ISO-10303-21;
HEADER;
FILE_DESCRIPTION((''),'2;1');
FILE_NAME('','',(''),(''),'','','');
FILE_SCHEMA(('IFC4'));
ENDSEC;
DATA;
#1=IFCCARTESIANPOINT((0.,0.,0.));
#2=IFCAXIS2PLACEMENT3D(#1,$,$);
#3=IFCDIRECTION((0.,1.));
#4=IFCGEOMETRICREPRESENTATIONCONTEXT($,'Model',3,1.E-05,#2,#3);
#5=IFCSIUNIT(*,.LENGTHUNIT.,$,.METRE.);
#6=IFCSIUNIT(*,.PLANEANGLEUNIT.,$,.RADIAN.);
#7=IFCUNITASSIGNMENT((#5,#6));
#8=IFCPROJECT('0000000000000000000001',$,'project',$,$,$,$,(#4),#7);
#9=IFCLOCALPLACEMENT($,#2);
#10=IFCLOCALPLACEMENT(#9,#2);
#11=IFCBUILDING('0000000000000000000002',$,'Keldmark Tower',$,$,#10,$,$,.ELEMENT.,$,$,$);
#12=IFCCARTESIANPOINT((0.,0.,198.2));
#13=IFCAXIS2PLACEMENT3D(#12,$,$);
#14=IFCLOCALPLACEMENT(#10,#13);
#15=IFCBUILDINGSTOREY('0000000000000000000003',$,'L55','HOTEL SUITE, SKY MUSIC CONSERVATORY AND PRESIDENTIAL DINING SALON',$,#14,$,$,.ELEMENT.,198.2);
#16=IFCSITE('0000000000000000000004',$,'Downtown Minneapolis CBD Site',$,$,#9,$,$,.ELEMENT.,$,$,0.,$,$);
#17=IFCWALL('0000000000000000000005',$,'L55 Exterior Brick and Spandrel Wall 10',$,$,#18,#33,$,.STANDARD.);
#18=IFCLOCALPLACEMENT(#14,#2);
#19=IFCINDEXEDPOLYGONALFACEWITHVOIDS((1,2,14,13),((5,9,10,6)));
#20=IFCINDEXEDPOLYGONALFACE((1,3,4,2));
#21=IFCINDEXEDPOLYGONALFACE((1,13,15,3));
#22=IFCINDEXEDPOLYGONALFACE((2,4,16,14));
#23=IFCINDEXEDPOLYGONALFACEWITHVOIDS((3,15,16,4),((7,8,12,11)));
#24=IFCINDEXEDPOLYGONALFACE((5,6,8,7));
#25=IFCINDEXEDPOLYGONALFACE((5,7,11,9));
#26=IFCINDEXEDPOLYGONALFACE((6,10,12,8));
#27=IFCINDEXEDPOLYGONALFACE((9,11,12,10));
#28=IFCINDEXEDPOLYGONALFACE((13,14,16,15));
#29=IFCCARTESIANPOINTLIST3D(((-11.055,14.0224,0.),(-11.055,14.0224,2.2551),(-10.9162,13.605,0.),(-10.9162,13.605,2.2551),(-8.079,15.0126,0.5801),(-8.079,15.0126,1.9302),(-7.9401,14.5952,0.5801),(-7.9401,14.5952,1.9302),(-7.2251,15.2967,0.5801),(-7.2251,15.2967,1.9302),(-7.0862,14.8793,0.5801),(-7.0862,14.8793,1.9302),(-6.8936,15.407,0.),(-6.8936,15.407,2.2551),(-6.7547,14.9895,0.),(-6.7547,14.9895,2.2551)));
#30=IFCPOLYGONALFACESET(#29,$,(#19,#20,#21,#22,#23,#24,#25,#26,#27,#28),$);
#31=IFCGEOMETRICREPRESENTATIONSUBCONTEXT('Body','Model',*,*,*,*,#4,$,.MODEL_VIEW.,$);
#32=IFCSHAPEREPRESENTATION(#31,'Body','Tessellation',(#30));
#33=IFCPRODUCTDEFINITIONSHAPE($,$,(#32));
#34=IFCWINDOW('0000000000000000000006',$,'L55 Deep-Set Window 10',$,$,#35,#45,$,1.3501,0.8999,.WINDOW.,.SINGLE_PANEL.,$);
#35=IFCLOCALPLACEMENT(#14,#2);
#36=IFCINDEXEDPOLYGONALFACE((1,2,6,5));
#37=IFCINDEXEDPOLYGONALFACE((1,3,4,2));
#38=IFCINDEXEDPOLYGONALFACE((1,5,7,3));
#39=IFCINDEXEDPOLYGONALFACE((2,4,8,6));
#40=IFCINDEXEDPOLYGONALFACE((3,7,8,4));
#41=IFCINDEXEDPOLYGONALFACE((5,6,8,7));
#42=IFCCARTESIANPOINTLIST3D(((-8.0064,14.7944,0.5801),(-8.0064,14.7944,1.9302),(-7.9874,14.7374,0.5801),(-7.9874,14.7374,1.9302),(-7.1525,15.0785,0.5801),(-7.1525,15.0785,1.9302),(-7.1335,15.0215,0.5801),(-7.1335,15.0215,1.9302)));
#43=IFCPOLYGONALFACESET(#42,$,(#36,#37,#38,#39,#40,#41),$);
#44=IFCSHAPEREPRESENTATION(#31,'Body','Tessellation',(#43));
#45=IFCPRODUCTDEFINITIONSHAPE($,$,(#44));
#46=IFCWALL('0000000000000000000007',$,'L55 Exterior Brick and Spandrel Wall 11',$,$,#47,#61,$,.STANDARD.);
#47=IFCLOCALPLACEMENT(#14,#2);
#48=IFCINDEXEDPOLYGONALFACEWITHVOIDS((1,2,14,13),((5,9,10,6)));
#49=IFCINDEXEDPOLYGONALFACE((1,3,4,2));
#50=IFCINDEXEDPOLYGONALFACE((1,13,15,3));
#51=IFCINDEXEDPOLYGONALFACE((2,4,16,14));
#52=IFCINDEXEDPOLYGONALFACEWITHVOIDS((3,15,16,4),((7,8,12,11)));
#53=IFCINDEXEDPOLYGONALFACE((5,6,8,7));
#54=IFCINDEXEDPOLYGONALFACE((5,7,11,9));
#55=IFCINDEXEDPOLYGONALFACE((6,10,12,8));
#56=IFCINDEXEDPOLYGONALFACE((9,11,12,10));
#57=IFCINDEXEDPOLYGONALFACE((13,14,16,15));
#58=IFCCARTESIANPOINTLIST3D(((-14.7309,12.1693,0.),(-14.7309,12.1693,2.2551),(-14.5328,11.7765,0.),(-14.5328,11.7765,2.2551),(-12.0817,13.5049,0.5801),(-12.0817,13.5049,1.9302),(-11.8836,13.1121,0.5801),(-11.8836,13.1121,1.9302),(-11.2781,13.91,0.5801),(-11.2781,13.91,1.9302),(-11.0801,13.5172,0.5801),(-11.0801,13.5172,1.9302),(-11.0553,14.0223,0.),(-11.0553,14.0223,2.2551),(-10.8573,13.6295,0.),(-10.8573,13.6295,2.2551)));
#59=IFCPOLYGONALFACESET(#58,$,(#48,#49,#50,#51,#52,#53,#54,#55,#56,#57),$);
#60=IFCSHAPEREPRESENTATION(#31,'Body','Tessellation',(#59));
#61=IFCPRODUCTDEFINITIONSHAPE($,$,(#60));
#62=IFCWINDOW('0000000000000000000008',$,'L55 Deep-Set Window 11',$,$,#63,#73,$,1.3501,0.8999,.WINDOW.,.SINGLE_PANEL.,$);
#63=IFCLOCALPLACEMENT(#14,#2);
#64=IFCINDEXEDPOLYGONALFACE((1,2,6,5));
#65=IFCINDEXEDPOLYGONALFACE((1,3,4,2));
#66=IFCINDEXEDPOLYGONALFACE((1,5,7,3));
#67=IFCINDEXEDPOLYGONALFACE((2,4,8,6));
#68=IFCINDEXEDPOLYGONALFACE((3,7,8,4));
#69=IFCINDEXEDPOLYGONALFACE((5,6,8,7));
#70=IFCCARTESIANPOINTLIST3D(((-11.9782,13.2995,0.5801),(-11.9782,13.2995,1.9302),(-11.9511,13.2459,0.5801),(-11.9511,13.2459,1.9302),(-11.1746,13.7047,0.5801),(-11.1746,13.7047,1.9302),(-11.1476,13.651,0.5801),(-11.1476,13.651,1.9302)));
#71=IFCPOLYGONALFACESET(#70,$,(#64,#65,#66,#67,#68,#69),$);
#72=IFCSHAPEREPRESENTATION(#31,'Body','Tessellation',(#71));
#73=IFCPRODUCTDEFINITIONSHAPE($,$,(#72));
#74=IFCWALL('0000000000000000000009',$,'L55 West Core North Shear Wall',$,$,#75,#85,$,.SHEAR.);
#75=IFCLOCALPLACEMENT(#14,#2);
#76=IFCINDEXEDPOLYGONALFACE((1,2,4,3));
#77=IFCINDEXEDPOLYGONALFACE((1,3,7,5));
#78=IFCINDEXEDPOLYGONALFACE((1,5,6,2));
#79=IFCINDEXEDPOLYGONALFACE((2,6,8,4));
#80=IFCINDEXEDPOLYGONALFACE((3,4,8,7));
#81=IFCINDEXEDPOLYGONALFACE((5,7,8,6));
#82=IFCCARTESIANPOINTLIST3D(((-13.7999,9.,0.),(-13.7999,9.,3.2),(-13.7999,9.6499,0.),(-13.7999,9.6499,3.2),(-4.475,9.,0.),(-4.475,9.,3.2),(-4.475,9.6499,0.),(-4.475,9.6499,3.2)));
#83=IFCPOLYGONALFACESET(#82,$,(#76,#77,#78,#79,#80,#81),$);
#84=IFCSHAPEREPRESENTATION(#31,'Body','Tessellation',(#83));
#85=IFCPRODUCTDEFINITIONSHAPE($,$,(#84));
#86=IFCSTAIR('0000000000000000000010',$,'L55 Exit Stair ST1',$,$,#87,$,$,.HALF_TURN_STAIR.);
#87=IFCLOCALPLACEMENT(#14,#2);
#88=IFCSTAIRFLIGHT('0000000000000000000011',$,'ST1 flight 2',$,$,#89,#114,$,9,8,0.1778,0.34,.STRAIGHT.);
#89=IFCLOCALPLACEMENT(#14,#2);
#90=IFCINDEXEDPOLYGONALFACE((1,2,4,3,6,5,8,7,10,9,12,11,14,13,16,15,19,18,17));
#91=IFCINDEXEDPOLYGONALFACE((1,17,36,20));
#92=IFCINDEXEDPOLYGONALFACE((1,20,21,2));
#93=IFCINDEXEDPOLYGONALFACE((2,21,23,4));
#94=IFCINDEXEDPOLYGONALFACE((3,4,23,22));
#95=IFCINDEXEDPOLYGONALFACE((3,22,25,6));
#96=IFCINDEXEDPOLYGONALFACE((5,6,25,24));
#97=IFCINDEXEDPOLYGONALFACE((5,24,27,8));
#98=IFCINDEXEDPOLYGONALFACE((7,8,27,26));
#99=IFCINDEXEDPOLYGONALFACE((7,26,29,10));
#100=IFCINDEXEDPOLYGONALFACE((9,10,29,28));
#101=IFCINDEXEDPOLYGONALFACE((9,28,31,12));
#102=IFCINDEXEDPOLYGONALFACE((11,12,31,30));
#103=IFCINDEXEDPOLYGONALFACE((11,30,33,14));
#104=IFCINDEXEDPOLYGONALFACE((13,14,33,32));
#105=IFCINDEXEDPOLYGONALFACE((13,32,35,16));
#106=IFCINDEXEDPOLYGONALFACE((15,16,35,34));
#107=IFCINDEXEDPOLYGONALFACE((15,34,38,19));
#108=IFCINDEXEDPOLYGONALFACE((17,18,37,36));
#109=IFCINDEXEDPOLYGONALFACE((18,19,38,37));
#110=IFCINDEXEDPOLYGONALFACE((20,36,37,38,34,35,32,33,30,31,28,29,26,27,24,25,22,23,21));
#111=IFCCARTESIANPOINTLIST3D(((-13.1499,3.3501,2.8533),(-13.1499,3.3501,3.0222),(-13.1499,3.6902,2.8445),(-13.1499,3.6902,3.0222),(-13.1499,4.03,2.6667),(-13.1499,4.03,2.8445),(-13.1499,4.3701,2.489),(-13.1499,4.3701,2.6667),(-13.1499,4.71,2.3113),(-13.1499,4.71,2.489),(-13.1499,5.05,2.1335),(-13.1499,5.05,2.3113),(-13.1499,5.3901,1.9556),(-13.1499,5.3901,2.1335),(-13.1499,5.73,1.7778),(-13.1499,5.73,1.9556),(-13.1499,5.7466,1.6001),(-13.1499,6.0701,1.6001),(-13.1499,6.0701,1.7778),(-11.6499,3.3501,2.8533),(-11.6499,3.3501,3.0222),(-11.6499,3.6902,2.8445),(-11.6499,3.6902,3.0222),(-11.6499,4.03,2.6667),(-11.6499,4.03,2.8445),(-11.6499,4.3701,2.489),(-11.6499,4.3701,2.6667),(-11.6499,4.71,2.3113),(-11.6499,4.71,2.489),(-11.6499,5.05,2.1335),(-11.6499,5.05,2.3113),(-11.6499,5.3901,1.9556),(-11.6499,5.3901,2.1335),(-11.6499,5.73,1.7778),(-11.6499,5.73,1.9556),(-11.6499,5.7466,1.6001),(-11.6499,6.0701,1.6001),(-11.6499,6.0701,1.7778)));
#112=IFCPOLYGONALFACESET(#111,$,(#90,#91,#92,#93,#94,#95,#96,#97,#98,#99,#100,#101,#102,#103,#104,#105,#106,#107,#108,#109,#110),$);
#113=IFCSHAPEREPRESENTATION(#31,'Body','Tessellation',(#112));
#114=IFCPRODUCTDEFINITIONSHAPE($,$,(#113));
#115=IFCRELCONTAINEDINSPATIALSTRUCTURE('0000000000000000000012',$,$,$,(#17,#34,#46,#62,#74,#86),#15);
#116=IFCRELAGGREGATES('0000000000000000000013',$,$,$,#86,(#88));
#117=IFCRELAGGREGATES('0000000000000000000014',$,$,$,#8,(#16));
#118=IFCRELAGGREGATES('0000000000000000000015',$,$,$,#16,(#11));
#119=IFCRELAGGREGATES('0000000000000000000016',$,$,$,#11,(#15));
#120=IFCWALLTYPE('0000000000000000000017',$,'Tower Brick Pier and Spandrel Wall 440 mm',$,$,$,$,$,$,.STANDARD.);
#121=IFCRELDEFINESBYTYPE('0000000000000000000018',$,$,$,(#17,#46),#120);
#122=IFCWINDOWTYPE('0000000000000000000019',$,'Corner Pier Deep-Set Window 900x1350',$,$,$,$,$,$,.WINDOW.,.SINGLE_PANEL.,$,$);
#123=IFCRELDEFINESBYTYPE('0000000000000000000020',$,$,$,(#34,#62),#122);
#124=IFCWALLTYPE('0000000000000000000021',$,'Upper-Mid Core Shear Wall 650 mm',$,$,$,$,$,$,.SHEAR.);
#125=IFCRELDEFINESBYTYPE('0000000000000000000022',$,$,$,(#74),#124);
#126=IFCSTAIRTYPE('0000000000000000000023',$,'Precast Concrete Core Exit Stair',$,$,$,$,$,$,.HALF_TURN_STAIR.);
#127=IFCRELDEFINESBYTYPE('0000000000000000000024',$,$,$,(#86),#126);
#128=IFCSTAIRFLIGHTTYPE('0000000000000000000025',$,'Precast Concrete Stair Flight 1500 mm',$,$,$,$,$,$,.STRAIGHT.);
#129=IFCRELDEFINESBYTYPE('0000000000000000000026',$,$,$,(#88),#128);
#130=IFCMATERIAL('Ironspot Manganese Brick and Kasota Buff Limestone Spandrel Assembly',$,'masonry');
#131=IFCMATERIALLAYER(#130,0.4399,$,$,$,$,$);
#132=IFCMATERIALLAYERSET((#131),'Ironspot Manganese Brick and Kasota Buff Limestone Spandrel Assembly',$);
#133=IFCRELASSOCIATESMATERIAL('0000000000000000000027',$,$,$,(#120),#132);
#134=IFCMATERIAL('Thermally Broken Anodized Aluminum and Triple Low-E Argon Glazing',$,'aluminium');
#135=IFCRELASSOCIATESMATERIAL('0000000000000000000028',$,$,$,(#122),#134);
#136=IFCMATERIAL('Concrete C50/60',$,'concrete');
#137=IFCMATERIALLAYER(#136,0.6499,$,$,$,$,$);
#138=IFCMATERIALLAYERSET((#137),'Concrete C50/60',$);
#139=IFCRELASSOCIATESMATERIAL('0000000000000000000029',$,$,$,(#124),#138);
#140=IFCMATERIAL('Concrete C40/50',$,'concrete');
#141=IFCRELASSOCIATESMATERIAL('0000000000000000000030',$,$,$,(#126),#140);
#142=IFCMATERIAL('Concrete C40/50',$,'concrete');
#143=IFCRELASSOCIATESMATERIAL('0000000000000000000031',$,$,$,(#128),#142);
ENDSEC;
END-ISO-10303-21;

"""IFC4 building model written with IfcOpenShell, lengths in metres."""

from ifc_helpers import new_model, si_unit, direction, frame, frame_2d, origin, place, context, subcontext, project, spatial, polyline, rectangle, outline, extrude, material, layer, layer_set, type_object, element, fill, aggregate, save


model = new_model("IFC4")

# Units and contexts
model_context = context("Model", 3, precision=1e-05, world=origin(), true_north=direction((0.0, 1.0)))
body_context = subcontext(model_context, "Body", "Model", "MODEL_VIEW")
ifc_project = project(units=[si_unit("LENGTHUNIT", "METRE"), si_unit("PLANEANGLEUNIT", "RADIAN")], contexts=[model_context])

# Site, building, storey
site_placement = place(None, origin())
site = spatial("IfcSite", under=ifc_project, at=site_placement, Name="Downtown Minneapolis CBD Site", CompositionType="ELEMENT", RefElevation=0.0)
building_placement = place(site_placement, origin())
building = spatial("IfcBuilding", under=site, at=building_placement, Name="Keldmark Tower", CompositionType="ELEMENT")
storey_placement = place(building_placement, frame((0.0, 0.0, 198.2)))
storey = spatial("IfcBuildingStorey", under=building, at=storey_placement, Name="L55", Description="HOTEL SUITE, SKY MUSIC CONSERVATORY AND PRESIDENTIAL DINING SALON", CompositionType="ELEMENT", Elevation=198.2)

# Walls, openings, windows
ifc_material_1 = material(Name="Ironspot Manganese Brick and Kasota Buff Limestone Spandrel Assembly", Category="masonry")
ifc_layer_1 = layer(ifc_material_1, 0.4399)
ifc_layer_set_1 = layer_set([ifc_layer_1], Name="Ironspot Manganese Brick and Kasota Buff Limestone Spandrel Assembly")
wall_type_1 = type_object("IfcWallType", Name="Tower Brick Pier and Spandrel Wall 440 mm", PredefinedType="STANDARD", material=ifc_layer_set_1)
wall_1_placement = place(storey_placement, frame((-10.9856, 13.8137, 0.0), z_axis=(0.0, 0.0, 1.0), x_axis=(0.948861, 0.315693, 0.0)))
wall_1 = element("IfcWall", 1, at=wall_1_placement, inside=storey, type_object=wall_type_1, Name="L55 Exterior Brick and Spandrel Wall 10", PredefinedType="STANDARD", context=body_context, shape_type="SweptSolid", body=[
    extrude(rectangle(XDim=4.3857, YDim=0.4399, at=frame_2d((2.1929, 0.0))), origin(), (0.0, 0.0, 1.0), 2.2551),
])
opening_1_placement = place(wall_1_placement, frame((3.1365, 0.0, 0.5801)))
opening_1 = element("IfcOpeningElement", 2, at=opening_1_placement, cuts=wall_1, PredefinedType="OPENING", context=body_context, shape_type="SweptSolid", body=[
    extrude(rectangle(XDim=0.8999, YDim=1.3501, at=frame_2d((0.45, 0.675))), frame((0.0, 0.23, 0.0), z_axis=(0.0, -1.0, 0.0), x_axis=(1.0, 0.0, 0.0)), (0.0, 0.0, 1.0), 0.46),
])
ifc_material_2 = material(Name="Thermally Broken Anodized Aluminum and Triple Low-E Argon Glazing", Category="aluminium")
window_type = type_object("IfcWindowType", Name="Corner Pier Deep-Set Window 900x1350", PartitioningType="SINGLE_PANEL", PredefinedType="WINDOW", material=ifc_material_2)
window_1_placement = place(opening_1_placement, origin())
window_1 = element("IfcWindow", 3, at=window_1_placement, inside=storey, type_object=window_type, Name="L55 Deep-Set Window 10", OverallHeight=1.3501, OverallWidth=0.8999, PartitioningType="SINGLE_PANEL", PredefinedType="WINDOW", context=body_context, shape_type="SweptSolid", body=[
    extrude(rectangle(XDim=0.8999, YDim=1.3501, at=frame_2d((0.45, 0.675))), frame((0.0, -0.01, 0.0), z_axis=(0.0, -1.0, 0.0), x_axis=(1.0, 0.0, 0.0)), (0.0, 0.0, 1.0), 0.0601),
])
fill(opening_1, window_1)
wall_2_placement = place(storey_placement, frame((-14.6318, 11.9729, 0.0), z_axis=(0.0, 0.0, 1.0), x_axis=(0.892939, 0.450177, 0.0)))
wall_2 = element("IfcWall", 4, at=wall_2_placement, inside=storey, type_object=wall_type_1, Name="L55 Exterior Brick and Spandrel Wall 11", PredefinedType="STANDARD", context=body_context, shape_type="SweptSolid", body=[
    extrude(rectangle(XDim=4.1162, YDim=0.4399, at=frame_2d((2.0581, 0.0))), origin(), (0.0, 0.0, 1.0), 2.2551),
])
opening_2_placement = place(wall_2_placement, frame((2.9668, 0.0, 0.5801)))
opening_2 = element("IfcOpeningElement", 5, at=opening_2_placement, cuts=wall_2, PredefinedType="OPENING", context=body_context, shape_type="SweptSolid", body=[
    extrude(rectangle(XDim=0.8999, YDim=1.3501, at=frame_2d((0.45, 0.675))), frame((0.0, 0.23, 0.0), z_axis=(0.0, -1.0, 0.0), x_axis=(1.0, 0.0, 0.0)), (0.0, 0.0, 1.0), 0.46),
])
window_2_placement = place(opening_2_placement, origin())
window_2 = element("IfcWindow", 6, at=window_2_placement, inside=storey, type_object=window_type, Name="L55 Deep-Set Window 11", OverallHeight=1.3501, OverallWidth=0.8999, PartitioningType="SINGLE_PANEL", PredefinedType="WINDOW", context=body_context, shape_type="SweptSolid", body=[
    extrude(rectangle(XDim=0.8999, YDim=1.3501, at=frame_2d((0.45, 0.675))), frame((0.0, -0.01, 0.0), z_axis=(0.0, -1.0, 0.0), x_axis=(1.0, 0.0, 0.0)), (0.0, 0.0, 1.0), 0.0601),
])
fill(opening_2, window_2)

# Wall
ifc_material_3 = material(Name="Concrete C50/60", Category="concrete")
ifc_layer_2 = layer(ifc_material_3, 0.6499)
ifc_layer_set_2 = layer_set([ifc_layer_2], Name="Concrete C50/60")
wall_type_2 = type_object("IfcWallType", Name="Upper-Mid Core Shear Wall 650 mm", PredefinedType="SHEAR", material=ifc_layer_set_2)
wall_3_placement = place(storey_placement, frame((-13.8, 9.325, 0.0), z_axis=(0.0, 0.0, 1.0), x_axis=(1.0, 0.0, 0.0)))
element("IfcWall", 7, at=wall_3_placement, inside=storey, type_object=wall_type_2, Name="L55 West Core North Shear Wall", PredefinedType="SHEAR", context=body_context, shape_type="SweptSolid", body=[
    extrude(rectangle(XDim=9.325, YDim=0.6499, at=frame_2d((4.6626, 0.0))), origin(), (0.0, 0.0, 1.0), 3.2),
])

# Stair, stair flight
ifc_material_4 = material(Name="Concrete C40/50", Category="concrete")
stair_type = type_object("IfcStairType", Name="Precast Concrete Core Exit Stair", PredefinedType="HALF_TURN_STAIR", material=ifc_material_4)
stair_placement = place(storey_placement, origin())
stair = element("IfcStair", 8, at=stair_placement, inside=storey, type_object=stair_type, Name="L55 Exit Stair ST1", PredefinedType="HALF_TURN_STAIR")
ifc_material_5 = material(Name="Concrete C40/50", Category="concrete")
stair_flight_type = type_object("IfcStairFlightType", Name="Precast Concrete Stair Flight 1500 mm", PredefinedType="STRAIGHT", material=ifc_material_5)
stair_flight_placement = place(storey_placement, frame((-12.3999, 6.0701, 1.6001), z_axis=(0.0, 0.0, 1.0), x_axis=(0.0, -1.0, 0.0)))
stair_flight = element("IfcStairFlight", 9, at=stair_flight_placement, type_object=stair_flight_type, Name="ST1 flight 2", NumberOfRisers=9, NumberOfTreads=8, PredefinedType="STRAIGHT", RiserHeight=0.1778, TreadLength=0.34, context=body_context, shape_type="SweptSolid", body=[
    extrude(outline(polyline([(0.0, 0.0), (0.0, 0.1777), (0.3401, 0.1777), (0.3401, 0.3555), (0.6799, 0.3555), (0.6799, 0.5334), (1.02, 0.5334), (1.02, 0.7112), (1.3601, 0.7112), (1.3601, 0.8889), (1.7, 0.8889), (1.7, 1.0667), (2.04, 1.0667), (2.04, 1.2444), (2.3799, 1.2444), (2.3799, 1.4221), (2.72, 1.4221), (2.72, 1.6001), (2.72, 1.2532), (0.3235, 0.0), (0.0, 0.0)])), frame((0.0, 0.75, 0.0), z_axis=(0.0, -1.0, 0.0), x_axis=(1.0, 0.0, 0.0)), (0.0, 0.0, 1.0), 1.5),
])
aggregate(stair, [stair_flight])

save(model, "model.ifc")
